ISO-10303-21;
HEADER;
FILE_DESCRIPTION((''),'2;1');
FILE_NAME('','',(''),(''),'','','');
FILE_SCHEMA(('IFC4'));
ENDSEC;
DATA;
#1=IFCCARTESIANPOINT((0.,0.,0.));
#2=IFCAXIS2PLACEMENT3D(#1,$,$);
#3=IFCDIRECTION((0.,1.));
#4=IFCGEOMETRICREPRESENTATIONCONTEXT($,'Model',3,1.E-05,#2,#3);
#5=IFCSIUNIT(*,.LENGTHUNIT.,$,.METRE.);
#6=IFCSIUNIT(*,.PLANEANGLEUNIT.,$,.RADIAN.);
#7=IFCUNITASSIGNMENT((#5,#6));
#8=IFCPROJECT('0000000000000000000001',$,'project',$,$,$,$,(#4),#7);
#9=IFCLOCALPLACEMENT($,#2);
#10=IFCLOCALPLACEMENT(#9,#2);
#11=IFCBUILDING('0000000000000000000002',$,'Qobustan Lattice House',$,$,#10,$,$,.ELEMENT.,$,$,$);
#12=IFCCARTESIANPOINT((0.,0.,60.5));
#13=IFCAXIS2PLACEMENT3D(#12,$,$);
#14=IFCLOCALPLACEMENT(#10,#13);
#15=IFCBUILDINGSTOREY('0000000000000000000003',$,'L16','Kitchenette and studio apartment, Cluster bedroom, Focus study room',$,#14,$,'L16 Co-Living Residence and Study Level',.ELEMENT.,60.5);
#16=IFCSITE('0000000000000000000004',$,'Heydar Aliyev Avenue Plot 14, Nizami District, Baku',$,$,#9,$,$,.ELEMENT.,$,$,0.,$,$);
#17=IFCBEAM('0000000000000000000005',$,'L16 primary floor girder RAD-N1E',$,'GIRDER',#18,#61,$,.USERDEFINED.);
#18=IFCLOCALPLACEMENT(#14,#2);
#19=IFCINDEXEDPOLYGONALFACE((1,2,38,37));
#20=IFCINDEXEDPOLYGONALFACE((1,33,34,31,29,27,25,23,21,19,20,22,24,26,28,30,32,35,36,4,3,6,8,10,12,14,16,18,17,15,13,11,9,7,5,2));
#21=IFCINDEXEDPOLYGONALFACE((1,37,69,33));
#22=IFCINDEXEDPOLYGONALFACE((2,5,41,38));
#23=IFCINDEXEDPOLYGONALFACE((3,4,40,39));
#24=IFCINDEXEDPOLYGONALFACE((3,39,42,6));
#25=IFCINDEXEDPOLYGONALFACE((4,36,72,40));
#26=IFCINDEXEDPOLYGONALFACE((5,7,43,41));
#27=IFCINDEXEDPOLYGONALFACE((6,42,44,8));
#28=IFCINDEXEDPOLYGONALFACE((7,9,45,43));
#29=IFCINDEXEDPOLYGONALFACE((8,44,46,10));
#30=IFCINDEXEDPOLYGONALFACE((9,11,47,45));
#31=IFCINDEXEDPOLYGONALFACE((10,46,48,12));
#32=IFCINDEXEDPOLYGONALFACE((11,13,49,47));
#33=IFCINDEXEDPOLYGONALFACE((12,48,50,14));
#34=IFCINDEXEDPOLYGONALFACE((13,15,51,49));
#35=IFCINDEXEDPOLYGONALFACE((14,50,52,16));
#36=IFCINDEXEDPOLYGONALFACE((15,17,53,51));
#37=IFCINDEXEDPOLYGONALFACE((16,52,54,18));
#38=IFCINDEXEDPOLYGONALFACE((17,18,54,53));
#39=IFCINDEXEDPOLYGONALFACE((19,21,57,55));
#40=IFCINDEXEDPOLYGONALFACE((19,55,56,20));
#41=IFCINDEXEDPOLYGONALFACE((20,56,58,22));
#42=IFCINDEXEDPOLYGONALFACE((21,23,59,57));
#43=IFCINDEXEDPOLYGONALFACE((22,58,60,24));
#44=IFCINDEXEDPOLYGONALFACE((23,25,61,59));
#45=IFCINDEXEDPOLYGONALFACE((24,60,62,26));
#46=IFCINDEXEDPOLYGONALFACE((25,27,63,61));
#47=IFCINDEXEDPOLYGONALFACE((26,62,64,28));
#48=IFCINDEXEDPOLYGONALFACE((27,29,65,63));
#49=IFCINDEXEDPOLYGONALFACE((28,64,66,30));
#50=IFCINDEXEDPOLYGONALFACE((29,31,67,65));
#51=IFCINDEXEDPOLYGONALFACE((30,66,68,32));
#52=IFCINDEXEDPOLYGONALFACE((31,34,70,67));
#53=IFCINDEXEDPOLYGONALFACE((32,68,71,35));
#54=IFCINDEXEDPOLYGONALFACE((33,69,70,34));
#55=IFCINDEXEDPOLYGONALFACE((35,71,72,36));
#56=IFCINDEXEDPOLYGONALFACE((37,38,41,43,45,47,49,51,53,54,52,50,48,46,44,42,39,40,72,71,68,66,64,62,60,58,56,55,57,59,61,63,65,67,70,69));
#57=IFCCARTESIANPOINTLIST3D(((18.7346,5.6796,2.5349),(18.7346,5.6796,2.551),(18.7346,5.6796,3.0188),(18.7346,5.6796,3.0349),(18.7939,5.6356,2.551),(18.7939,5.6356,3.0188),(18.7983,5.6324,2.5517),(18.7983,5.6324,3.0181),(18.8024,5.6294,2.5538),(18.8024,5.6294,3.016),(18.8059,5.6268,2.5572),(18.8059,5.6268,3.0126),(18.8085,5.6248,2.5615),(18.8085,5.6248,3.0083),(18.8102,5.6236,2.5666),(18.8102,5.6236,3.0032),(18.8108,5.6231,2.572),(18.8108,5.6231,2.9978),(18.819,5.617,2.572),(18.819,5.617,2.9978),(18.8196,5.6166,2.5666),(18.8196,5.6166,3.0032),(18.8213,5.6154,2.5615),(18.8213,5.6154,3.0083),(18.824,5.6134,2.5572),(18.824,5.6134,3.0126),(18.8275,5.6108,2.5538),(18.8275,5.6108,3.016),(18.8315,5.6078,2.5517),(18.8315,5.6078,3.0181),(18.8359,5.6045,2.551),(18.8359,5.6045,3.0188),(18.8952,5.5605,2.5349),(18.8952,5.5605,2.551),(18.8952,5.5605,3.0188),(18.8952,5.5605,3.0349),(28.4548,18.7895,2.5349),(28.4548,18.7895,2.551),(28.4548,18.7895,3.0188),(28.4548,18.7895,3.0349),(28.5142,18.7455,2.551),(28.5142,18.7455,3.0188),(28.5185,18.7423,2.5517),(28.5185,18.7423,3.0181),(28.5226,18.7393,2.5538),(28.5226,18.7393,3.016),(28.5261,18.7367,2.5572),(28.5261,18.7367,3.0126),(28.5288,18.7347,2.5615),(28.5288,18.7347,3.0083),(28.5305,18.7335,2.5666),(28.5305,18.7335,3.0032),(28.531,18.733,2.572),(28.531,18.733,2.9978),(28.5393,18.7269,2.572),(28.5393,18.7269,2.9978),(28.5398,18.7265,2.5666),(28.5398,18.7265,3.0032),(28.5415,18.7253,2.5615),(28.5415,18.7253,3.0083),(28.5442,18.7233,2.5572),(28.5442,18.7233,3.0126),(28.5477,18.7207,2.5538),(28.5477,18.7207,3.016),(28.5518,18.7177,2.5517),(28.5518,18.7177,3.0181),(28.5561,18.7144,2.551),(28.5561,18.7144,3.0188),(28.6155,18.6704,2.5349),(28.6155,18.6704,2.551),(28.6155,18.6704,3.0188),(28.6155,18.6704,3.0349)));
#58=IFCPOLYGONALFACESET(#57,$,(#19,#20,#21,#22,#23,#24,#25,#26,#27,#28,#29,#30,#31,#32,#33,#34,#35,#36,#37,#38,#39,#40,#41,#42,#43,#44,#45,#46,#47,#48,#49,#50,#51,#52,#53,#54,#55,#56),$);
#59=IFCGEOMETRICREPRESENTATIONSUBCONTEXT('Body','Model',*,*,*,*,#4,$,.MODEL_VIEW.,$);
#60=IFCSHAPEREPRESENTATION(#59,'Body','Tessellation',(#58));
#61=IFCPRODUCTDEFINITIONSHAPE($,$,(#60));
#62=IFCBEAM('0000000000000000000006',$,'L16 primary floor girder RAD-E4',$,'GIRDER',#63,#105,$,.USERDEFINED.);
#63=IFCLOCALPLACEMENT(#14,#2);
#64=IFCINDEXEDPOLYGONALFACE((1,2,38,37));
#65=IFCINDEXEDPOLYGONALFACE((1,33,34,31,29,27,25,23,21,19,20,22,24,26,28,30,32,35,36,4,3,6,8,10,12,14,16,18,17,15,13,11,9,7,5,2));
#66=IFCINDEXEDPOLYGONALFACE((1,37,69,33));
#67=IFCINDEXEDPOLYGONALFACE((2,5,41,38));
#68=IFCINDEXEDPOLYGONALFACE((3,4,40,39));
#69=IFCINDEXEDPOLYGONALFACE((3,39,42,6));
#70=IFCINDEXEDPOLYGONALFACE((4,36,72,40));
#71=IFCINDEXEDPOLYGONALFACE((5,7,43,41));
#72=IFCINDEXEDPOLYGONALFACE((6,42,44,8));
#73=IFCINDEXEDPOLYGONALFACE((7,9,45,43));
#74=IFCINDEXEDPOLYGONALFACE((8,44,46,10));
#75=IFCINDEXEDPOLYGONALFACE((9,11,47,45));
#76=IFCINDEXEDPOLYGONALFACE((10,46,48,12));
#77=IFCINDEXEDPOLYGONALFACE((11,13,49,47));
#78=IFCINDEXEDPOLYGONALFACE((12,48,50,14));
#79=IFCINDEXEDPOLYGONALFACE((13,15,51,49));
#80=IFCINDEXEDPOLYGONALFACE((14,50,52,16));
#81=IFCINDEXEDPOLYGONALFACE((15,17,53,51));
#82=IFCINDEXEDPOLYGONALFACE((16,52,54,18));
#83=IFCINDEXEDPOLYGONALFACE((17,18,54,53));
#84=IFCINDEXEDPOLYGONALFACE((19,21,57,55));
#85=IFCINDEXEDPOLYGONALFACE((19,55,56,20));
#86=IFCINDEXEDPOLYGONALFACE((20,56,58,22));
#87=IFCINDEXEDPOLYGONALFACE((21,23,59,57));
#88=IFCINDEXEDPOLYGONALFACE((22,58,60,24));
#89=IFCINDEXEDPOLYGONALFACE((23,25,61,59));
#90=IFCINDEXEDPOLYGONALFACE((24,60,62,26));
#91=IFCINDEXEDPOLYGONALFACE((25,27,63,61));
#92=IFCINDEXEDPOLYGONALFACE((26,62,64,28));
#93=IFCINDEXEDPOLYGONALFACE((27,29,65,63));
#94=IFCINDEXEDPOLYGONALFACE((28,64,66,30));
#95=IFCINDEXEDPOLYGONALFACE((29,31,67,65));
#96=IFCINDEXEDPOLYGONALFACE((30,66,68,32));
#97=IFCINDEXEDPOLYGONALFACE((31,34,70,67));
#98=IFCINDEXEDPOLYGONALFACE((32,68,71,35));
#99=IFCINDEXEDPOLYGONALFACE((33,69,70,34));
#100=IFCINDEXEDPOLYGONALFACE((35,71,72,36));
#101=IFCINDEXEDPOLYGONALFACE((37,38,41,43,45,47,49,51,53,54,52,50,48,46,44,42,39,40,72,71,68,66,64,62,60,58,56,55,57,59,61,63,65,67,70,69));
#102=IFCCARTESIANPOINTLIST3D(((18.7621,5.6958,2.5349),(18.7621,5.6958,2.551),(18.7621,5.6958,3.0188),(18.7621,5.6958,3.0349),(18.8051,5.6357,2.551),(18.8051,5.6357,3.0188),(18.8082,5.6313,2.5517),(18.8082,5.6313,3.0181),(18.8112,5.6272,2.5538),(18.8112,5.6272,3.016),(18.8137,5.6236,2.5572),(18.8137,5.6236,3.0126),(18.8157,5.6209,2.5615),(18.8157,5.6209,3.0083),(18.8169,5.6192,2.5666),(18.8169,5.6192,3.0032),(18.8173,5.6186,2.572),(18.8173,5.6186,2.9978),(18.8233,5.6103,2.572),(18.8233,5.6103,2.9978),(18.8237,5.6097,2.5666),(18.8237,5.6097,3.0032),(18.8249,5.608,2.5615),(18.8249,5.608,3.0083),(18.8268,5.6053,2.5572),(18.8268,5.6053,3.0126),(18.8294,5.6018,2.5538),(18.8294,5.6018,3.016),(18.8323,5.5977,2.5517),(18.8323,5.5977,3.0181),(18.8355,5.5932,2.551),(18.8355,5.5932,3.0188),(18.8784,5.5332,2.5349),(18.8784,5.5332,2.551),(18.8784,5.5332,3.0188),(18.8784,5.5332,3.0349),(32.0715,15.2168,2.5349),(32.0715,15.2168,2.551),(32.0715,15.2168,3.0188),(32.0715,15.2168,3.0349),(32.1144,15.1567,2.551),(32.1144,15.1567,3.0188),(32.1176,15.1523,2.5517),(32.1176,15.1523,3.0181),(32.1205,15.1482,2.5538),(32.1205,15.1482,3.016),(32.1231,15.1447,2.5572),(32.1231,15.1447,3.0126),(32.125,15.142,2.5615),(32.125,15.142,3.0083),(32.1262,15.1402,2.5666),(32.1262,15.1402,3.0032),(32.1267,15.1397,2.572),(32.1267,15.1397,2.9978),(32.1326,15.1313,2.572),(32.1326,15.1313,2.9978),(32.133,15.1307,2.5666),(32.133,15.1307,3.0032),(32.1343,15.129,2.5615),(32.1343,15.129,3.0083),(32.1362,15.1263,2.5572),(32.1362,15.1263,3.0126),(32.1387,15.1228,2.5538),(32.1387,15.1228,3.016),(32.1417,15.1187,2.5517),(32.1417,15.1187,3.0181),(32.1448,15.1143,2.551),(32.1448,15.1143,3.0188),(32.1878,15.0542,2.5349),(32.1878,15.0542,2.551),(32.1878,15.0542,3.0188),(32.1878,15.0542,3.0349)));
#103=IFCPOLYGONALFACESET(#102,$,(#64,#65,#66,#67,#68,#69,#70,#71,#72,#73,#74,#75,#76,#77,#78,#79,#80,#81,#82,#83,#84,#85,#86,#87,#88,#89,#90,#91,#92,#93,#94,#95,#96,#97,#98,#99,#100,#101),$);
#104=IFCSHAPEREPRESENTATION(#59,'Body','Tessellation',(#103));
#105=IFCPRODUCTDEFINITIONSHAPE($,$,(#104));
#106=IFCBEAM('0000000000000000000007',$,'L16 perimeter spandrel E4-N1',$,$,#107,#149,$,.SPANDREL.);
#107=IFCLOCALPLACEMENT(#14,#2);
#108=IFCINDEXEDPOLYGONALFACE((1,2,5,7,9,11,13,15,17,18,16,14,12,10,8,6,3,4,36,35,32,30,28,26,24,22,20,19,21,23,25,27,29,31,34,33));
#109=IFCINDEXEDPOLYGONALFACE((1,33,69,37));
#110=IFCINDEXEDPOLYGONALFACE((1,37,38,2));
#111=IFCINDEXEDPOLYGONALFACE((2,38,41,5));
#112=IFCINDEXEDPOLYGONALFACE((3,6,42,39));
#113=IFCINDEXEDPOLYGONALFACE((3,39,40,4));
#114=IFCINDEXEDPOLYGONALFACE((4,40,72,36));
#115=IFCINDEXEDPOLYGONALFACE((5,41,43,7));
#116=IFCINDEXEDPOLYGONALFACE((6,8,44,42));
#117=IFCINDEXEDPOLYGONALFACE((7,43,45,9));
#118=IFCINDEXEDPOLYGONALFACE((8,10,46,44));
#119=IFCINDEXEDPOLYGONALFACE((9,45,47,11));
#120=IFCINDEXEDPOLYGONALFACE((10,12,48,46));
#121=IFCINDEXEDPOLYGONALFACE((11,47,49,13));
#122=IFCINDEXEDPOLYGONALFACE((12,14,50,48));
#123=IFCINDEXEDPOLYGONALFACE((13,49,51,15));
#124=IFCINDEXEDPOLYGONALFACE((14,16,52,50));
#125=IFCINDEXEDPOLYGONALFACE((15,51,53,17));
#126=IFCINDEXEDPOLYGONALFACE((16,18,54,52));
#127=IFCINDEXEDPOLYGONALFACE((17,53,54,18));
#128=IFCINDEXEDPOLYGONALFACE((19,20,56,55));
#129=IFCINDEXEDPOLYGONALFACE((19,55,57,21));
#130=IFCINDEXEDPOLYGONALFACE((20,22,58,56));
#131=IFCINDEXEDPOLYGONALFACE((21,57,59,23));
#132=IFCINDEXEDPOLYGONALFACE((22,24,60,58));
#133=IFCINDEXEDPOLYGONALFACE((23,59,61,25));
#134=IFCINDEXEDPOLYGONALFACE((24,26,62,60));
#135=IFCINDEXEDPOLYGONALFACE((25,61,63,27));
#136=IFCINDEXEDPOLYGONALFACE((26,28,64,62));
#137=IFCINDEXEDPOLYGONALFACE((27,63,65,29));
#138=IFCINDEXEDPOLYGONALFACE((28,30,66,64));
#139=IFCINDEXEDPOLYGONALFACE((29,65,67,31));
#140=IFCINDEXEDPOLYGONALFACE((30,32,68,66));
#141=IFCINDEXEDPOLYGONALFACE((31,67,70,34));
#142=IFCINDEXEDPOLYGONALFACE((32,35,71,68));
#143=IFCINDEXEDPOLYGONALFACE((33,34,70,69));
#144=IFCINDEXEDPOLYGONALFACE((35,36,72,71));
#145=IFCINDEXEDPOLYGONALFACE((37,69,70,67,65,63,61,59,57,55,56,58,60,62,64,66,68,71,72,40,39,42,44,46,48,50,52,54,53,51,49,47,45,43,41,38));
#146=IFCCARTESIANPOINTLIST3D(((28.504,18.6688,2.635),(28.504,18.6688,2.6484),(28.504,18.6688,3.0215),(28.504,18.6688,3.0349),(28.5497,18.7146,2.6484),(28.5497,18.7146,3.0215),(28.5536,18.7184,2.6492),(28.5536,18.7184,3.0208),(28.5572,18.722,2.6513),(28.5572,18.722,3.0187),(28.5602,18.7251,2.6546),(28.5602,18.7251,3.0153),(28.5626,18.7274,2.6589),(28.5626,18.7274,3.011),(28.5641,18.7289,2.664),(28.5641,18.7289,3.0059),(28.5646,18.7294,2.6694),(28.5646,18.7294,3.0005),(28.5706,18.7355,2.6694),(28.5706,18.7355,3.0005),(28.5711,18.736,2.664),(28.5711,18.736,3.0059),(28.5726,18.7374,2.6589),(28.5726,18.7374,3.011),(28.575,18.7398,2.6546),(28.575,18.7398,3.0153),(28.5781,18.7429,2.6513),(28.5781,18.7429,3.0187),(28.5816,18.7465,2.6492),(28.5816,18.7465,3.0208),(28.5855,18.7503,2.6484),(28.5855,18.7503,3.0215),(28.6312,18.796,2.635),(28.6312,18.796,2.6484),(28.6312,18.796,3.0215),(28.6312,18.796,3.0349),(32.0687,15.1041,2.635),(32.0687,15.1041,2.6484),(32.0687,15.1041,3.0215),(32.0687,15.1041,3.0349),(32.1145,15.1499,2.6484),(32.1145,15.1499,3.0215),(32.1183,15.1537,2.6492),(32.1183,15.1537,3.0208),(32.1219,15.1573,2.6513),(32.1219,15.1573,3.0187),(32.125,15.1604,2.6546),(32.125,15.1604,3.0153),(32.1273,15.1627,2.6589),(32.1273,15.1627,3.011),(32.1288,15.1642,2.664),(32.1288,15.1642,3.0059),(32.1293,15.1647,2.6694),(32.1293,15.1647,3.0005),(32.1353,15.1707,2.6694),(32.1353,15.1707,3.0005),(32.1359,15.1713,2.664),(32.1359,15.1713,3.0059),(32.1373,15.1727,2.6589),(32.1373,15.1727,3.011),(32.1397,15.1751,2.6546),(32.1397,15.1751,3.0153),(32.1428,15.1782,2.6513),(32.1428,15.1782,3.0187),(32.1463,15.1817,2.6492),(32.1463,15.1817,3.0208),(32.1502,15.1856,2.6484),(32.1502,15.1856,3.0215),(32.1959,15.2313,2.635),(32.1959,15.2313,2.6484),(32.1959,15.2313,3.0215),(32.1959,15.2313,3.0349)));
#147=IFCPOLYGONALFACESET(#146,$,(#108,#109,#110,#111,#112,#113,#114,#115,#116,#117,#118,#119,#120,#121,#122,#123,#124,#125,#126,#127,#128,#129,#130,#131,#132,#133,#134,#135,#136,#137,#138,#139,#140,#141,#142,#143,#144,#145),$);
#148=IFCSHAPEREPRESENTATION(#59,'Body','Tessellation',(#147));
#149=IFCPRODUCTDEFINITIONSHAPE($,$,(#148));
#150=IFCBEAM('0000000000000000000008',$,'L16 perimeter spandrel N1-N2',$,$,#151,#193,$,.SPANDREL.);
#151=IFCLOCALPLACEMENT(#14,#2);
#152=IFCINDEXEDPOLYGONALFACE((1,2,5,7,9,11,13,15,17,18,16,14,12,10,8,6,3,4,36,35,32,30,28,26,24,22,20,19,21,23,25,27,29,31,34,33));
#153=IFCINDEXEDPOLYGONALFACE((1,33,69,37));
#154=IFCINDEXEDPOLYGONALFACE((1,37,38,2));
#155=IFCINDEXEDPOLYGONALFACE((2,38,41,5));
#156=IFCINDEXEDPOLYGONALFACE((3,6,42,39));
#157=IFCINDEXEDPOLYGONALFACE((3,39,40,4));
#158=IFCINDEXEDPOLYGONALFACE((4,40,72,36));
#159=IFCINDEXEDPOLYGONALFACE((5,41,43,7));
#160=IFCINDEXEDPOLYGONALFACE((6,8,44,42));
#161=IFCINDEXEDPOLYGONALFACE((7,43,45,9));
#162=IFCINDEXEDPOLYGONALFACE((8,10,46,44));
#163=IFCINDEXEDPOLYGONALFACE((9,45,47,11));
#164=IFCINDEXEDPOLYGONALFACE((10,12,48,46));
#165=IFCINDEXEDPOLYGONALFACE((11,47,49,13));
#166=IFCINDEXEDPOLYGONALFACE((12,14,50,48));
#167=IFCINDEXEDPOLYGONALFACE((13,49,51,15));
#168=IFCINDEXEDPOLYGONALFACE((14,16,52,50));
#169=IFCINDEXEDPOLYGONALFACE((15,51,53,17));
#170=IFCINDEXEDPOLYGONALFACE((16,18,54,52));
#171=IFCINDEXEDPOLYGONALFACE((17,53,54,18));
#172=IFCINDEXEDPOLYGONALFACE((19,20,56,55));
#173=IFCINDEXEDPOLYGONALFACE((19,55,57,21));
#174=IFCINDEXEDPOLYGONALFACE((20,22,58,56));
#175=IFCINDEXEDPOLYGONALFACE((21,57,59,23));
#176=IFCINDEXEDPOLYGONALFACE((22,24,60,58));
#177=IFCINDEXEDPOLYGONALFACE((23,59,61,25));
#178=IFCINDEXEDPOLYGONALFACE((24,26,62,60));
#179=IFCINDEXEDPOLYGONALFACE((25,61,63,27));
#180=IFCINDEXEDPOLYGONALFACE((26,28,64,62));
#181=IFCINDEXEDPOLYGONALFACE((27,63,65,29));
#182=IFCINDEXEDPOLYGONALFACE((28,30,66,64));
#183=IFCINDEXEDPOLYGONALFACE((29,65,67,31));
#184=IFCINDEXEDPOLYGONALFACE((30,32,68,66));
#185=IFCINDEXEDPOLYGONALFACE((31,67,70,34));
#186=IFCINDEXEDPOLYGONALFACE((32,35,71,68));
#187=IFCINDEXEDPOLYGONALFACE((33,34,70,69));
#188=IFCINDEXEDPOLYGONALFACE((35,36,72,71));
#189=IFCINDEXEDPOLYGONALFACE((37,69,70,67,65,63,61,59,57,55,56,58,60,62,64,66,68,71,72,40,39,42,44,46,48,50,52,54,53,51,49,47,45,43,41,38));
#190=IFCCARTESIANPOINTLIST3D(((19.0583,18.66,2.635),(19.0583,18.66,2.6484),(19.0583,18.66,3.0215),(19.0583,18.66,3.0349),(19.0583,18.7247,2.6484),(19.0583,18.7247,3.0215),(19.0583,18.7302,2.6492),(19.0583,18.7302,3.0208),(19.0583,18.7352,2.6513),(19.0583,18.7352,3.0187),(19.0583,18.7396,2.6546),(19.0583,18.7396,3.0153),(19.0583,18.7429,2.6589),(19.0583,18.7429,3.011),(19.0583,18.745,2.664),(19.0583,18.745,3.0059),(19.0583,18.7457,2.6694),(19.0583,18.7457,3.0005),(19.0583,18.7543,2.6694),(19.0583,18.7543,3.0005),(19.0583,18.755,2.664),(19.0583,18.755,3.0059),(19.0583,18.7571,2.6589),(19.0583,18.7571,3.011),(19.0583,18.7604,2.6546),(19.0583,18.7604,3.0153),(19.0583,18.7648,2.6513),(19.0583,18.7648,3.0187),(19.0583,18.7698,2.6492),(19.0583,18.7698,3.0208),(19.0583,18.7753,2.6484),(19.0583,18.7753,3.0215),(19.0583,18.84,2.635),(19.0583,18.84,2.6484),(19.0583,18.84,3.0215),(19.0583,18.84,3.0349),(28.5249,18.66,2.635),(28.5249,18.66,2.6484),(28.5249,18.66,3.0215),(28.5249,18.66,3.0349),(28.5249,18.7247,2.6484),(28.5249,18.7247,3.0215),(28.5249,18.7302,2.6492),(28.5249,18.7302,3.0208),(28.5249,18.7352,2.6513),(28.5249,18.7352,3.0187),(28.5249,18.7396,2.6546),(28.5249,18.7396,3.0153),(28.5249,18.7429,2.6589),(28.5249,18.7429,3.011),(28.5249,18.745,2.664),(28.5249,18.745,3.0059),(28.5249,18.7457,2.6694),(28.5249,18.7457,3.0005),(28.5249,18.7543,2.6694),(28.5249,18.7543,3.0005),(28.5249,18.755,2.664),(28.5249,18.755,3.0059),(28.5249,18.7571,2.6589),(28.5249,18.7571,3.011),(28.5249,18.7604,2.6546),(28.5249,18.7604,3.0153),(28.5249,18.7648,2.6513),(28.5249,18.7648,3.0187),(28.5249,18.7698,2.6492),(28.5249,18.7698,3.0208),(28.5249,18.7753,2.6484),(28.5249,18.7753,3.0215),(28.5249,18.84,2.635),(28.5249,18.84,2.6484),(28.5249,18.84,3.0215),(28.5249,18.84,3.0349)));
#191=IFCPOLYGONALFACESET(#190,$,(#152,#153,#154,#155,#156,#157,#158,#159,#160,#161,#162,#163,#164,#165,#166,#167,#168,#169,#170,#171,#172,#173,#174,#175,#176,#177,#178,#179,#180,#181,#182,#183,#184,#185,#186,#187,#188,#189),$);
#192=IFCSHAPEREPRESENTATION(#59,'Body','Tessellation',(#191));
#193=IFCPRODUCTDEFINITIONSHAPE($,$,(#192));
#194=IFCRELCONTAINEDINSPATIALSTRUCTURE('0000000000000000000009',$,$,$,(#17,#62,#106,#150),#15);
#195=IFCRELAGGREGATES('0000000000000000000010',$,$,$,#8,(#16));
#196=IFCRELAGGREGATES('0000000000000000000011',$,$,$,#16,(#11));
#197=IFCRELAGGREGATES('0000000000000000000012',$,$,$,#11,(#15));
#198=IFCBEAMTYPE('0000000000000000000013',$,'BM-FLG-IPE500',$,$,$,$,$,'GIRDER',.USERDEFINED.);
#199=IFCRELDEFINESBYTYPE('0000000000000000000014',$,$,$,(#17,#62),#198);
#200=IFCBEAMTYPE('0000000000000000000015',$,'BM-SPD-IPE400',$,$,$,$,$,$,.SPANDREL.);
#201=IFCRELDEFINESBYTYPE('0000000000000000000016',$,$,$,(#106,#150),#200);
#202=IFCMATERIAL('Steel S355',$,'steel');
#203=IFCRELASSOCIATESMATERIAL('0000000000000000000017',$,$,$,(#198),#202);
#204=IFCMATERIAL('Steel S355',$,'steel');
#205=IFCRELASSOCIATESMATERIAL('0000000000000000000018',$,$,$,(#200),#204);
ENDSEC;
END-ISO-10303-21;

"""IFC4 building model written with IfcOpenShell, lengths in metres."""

from ifc_helpers import new_model, si_unit, direction, frame, origin, origin_2d, place, context, subcontext, project, spatial, i_section, extrude, material, material_profile, profile_set, type_object, element, save


model = new_model("IFC4")

# Units and contexts
model_context = context("Model", 3, precision=1e-05, world=origin(), true_north=direction((0.0, 1.0)))
body_context = subcontext(model_context, "Body", "Model", "MODEL_VIEW")
ifc_project = project(units=[si_unit("LENGTHUNIT", "METRE"), si_unit("PLANEANGLEUNIT", "RADIAN")], contexts=[model_context])

# Site, building, storey
site_placement = place(None, origin())
site = spatial("IfcSite", under=ifc_project, at=site_placement, Name="Heydar Aliyev Avenue Plot 14, Nizami District, Baku", CompositionType="ELEMENT", RefElevation=0.0)
building_placement = place(site_placement, origin())
building = spatial("IfcBuilding", under=site, at=building_placement, Name="Qobustan Lattice House", CompositionType="ELEMENT")
storey_placement = place(building_placement, frame((0.0, 0.0, 60.5)))
storey = spatial("IfcBuildingStorey", under=building, at=storey_placement, Name="L16", Description="Kitchenette and studio apartment, Cluster bedroom, Focus study room", LongName="L16 Co-Living Residence and Study Level", CompositionType="ELEMENT", Elevation=60.5)

# Beams
ifc_material_1 = material(Name="Steel S355", Category="steel")
ifc_material_profile_1 = material_profile(ifc_material_1, i_section(OverallWidth=0.2, OverallDepth=0.5, WebThickness=0.0103, FlangeThickness=0.0161, FilletRadius=0.021, at=origin_2d()), Name="IPE500")
ifc_profile_set_1 = profile_set([ifc_material_profile_1], Name="Steel S355")
beam_type_1 = type_object("IfcBeamType", Name="BM-FLG-IPE500", ElementType="GIRDER", PredefinedType="USERDEFINED", material=ifc_profile_set_1)
beam_1_placement = place(storey_placement, frame((28.5352, 18.73, 2.7849), z_axis=(-0.595592, -0.803287, 0.0), x_axis=(0.803287, -0.595592, 0.0)))
element("IfcBeam", 1, at=beam_1_placement, inside=storey, type_object=beam_type_1, Name="L16 primary floor girder RAD-N1E", ObjectType="GIRDER", PredefinedType="USERDEFINED", context=body_context, shape_type="SweptSolid", body=[
    extrude(i_section(OverallWidth=0.2, OverallDepth=0.5, WebThickness=0.0103, FlangeThickness=0.0161, FilletRadius=0.021, at=origin_2d()), origin(), (0.0, 0.0, 1.0), 16.3203),
])
beam_2_placement = place(storey_placement, frame((32.1296, 15.1355, 2.7849), z_axis=(-0.813319, -0.581818, 0.0), x_axis=(0.581818, -0.813319, 0.0)))
element("IfcBeam", 2, at=beam_2_placement, inside=storey, type_object=beam_type_1, Name="L16 primary floor girder RAD-E4", ObjectType="GIRDER", PredefinedType="USERDEFINED", context=body_context, shape_type="SweptSolid", body=[
    extrude(i_section(OverallWidth=0.2, OverallDepth=0.5, WebThickness=0.0103, FlangeThickness=0.0161, FilletRadius=0.021, at=origin_2d()), origin(), (0.0, 0.0, 1.0), 16.3643),
])
ifc_material_2 = material(Name="Steel S355", Category="steel")
ifc_material_profile_2 = material_profile(ifc_material_2, i_section(OverallWidth=0.1799, OverallDepth=0.3999, WebThickness=0.0085, FlangeThickness=0.0134, FilletRadius=0.021, at=origin_2d()), Name="IPE400")
ifc_profile_set_2 = profile_set([ifc_material_profile_2], Name="Steel S355")
beam_type_2 = type_object("IfcBeamType", Name="BM-SPD-IPE400", PredefinedType="SPANDREL", material=ifc_profile_set_2)
beam_3_placement = place(storey_placement, frame((32.1323, 15.1677, 2.835), z_axis=(-0.707107, 0.707107, 0.0), x_axis=(-0.707107, -0.707107, 0.0)))
element("IfcBeam", 3, at=beam_3_placement, inside=storey, type_object=beam_type_2, Name="L16 perimeter spandrel E4-N1", PredefinedType="SPANDREL", context=body_context, shape_type="SweptSolid", body=[
    extrude(i_section(OverallWidth=0.1799, OverallDepth=0.3999, WebThickness=0.0085, FlangeThickness=0.0134, FilletRadius=0.021, at=origin_2d()), origin(), (0.0, 0.0, 1.0), 5.0413),
])
for number, where, z_axis, x_axis, name in (
    (4, (28.5249, 18.75, 2.835), (-1.0, 0.0, 0.0), (0.0, -1.0, 0.0), "L16 perimeter spandrel N1-N2"),
):
    element("IfcBeam", number, at=place(storey_placement, frame(where, z_axis=z_axis, x_axis=x_axis)), inside=storey, type_object=beam_type_2, Name=name, PredefinedType="SPANDREL", context=body_context, shape_type="SweptSolid", body=[
        extrude(i_section(OverallWidth=0.1799, OverallDepth=0.3999, WebThickness=0.0085, FlangeThickness=0.0134, FilletRadius=0.021, at=origin_2d()), origin(), (0.0, 0.0, 1.0), 9.4666),
    ])

save(model, "model.ifc")
